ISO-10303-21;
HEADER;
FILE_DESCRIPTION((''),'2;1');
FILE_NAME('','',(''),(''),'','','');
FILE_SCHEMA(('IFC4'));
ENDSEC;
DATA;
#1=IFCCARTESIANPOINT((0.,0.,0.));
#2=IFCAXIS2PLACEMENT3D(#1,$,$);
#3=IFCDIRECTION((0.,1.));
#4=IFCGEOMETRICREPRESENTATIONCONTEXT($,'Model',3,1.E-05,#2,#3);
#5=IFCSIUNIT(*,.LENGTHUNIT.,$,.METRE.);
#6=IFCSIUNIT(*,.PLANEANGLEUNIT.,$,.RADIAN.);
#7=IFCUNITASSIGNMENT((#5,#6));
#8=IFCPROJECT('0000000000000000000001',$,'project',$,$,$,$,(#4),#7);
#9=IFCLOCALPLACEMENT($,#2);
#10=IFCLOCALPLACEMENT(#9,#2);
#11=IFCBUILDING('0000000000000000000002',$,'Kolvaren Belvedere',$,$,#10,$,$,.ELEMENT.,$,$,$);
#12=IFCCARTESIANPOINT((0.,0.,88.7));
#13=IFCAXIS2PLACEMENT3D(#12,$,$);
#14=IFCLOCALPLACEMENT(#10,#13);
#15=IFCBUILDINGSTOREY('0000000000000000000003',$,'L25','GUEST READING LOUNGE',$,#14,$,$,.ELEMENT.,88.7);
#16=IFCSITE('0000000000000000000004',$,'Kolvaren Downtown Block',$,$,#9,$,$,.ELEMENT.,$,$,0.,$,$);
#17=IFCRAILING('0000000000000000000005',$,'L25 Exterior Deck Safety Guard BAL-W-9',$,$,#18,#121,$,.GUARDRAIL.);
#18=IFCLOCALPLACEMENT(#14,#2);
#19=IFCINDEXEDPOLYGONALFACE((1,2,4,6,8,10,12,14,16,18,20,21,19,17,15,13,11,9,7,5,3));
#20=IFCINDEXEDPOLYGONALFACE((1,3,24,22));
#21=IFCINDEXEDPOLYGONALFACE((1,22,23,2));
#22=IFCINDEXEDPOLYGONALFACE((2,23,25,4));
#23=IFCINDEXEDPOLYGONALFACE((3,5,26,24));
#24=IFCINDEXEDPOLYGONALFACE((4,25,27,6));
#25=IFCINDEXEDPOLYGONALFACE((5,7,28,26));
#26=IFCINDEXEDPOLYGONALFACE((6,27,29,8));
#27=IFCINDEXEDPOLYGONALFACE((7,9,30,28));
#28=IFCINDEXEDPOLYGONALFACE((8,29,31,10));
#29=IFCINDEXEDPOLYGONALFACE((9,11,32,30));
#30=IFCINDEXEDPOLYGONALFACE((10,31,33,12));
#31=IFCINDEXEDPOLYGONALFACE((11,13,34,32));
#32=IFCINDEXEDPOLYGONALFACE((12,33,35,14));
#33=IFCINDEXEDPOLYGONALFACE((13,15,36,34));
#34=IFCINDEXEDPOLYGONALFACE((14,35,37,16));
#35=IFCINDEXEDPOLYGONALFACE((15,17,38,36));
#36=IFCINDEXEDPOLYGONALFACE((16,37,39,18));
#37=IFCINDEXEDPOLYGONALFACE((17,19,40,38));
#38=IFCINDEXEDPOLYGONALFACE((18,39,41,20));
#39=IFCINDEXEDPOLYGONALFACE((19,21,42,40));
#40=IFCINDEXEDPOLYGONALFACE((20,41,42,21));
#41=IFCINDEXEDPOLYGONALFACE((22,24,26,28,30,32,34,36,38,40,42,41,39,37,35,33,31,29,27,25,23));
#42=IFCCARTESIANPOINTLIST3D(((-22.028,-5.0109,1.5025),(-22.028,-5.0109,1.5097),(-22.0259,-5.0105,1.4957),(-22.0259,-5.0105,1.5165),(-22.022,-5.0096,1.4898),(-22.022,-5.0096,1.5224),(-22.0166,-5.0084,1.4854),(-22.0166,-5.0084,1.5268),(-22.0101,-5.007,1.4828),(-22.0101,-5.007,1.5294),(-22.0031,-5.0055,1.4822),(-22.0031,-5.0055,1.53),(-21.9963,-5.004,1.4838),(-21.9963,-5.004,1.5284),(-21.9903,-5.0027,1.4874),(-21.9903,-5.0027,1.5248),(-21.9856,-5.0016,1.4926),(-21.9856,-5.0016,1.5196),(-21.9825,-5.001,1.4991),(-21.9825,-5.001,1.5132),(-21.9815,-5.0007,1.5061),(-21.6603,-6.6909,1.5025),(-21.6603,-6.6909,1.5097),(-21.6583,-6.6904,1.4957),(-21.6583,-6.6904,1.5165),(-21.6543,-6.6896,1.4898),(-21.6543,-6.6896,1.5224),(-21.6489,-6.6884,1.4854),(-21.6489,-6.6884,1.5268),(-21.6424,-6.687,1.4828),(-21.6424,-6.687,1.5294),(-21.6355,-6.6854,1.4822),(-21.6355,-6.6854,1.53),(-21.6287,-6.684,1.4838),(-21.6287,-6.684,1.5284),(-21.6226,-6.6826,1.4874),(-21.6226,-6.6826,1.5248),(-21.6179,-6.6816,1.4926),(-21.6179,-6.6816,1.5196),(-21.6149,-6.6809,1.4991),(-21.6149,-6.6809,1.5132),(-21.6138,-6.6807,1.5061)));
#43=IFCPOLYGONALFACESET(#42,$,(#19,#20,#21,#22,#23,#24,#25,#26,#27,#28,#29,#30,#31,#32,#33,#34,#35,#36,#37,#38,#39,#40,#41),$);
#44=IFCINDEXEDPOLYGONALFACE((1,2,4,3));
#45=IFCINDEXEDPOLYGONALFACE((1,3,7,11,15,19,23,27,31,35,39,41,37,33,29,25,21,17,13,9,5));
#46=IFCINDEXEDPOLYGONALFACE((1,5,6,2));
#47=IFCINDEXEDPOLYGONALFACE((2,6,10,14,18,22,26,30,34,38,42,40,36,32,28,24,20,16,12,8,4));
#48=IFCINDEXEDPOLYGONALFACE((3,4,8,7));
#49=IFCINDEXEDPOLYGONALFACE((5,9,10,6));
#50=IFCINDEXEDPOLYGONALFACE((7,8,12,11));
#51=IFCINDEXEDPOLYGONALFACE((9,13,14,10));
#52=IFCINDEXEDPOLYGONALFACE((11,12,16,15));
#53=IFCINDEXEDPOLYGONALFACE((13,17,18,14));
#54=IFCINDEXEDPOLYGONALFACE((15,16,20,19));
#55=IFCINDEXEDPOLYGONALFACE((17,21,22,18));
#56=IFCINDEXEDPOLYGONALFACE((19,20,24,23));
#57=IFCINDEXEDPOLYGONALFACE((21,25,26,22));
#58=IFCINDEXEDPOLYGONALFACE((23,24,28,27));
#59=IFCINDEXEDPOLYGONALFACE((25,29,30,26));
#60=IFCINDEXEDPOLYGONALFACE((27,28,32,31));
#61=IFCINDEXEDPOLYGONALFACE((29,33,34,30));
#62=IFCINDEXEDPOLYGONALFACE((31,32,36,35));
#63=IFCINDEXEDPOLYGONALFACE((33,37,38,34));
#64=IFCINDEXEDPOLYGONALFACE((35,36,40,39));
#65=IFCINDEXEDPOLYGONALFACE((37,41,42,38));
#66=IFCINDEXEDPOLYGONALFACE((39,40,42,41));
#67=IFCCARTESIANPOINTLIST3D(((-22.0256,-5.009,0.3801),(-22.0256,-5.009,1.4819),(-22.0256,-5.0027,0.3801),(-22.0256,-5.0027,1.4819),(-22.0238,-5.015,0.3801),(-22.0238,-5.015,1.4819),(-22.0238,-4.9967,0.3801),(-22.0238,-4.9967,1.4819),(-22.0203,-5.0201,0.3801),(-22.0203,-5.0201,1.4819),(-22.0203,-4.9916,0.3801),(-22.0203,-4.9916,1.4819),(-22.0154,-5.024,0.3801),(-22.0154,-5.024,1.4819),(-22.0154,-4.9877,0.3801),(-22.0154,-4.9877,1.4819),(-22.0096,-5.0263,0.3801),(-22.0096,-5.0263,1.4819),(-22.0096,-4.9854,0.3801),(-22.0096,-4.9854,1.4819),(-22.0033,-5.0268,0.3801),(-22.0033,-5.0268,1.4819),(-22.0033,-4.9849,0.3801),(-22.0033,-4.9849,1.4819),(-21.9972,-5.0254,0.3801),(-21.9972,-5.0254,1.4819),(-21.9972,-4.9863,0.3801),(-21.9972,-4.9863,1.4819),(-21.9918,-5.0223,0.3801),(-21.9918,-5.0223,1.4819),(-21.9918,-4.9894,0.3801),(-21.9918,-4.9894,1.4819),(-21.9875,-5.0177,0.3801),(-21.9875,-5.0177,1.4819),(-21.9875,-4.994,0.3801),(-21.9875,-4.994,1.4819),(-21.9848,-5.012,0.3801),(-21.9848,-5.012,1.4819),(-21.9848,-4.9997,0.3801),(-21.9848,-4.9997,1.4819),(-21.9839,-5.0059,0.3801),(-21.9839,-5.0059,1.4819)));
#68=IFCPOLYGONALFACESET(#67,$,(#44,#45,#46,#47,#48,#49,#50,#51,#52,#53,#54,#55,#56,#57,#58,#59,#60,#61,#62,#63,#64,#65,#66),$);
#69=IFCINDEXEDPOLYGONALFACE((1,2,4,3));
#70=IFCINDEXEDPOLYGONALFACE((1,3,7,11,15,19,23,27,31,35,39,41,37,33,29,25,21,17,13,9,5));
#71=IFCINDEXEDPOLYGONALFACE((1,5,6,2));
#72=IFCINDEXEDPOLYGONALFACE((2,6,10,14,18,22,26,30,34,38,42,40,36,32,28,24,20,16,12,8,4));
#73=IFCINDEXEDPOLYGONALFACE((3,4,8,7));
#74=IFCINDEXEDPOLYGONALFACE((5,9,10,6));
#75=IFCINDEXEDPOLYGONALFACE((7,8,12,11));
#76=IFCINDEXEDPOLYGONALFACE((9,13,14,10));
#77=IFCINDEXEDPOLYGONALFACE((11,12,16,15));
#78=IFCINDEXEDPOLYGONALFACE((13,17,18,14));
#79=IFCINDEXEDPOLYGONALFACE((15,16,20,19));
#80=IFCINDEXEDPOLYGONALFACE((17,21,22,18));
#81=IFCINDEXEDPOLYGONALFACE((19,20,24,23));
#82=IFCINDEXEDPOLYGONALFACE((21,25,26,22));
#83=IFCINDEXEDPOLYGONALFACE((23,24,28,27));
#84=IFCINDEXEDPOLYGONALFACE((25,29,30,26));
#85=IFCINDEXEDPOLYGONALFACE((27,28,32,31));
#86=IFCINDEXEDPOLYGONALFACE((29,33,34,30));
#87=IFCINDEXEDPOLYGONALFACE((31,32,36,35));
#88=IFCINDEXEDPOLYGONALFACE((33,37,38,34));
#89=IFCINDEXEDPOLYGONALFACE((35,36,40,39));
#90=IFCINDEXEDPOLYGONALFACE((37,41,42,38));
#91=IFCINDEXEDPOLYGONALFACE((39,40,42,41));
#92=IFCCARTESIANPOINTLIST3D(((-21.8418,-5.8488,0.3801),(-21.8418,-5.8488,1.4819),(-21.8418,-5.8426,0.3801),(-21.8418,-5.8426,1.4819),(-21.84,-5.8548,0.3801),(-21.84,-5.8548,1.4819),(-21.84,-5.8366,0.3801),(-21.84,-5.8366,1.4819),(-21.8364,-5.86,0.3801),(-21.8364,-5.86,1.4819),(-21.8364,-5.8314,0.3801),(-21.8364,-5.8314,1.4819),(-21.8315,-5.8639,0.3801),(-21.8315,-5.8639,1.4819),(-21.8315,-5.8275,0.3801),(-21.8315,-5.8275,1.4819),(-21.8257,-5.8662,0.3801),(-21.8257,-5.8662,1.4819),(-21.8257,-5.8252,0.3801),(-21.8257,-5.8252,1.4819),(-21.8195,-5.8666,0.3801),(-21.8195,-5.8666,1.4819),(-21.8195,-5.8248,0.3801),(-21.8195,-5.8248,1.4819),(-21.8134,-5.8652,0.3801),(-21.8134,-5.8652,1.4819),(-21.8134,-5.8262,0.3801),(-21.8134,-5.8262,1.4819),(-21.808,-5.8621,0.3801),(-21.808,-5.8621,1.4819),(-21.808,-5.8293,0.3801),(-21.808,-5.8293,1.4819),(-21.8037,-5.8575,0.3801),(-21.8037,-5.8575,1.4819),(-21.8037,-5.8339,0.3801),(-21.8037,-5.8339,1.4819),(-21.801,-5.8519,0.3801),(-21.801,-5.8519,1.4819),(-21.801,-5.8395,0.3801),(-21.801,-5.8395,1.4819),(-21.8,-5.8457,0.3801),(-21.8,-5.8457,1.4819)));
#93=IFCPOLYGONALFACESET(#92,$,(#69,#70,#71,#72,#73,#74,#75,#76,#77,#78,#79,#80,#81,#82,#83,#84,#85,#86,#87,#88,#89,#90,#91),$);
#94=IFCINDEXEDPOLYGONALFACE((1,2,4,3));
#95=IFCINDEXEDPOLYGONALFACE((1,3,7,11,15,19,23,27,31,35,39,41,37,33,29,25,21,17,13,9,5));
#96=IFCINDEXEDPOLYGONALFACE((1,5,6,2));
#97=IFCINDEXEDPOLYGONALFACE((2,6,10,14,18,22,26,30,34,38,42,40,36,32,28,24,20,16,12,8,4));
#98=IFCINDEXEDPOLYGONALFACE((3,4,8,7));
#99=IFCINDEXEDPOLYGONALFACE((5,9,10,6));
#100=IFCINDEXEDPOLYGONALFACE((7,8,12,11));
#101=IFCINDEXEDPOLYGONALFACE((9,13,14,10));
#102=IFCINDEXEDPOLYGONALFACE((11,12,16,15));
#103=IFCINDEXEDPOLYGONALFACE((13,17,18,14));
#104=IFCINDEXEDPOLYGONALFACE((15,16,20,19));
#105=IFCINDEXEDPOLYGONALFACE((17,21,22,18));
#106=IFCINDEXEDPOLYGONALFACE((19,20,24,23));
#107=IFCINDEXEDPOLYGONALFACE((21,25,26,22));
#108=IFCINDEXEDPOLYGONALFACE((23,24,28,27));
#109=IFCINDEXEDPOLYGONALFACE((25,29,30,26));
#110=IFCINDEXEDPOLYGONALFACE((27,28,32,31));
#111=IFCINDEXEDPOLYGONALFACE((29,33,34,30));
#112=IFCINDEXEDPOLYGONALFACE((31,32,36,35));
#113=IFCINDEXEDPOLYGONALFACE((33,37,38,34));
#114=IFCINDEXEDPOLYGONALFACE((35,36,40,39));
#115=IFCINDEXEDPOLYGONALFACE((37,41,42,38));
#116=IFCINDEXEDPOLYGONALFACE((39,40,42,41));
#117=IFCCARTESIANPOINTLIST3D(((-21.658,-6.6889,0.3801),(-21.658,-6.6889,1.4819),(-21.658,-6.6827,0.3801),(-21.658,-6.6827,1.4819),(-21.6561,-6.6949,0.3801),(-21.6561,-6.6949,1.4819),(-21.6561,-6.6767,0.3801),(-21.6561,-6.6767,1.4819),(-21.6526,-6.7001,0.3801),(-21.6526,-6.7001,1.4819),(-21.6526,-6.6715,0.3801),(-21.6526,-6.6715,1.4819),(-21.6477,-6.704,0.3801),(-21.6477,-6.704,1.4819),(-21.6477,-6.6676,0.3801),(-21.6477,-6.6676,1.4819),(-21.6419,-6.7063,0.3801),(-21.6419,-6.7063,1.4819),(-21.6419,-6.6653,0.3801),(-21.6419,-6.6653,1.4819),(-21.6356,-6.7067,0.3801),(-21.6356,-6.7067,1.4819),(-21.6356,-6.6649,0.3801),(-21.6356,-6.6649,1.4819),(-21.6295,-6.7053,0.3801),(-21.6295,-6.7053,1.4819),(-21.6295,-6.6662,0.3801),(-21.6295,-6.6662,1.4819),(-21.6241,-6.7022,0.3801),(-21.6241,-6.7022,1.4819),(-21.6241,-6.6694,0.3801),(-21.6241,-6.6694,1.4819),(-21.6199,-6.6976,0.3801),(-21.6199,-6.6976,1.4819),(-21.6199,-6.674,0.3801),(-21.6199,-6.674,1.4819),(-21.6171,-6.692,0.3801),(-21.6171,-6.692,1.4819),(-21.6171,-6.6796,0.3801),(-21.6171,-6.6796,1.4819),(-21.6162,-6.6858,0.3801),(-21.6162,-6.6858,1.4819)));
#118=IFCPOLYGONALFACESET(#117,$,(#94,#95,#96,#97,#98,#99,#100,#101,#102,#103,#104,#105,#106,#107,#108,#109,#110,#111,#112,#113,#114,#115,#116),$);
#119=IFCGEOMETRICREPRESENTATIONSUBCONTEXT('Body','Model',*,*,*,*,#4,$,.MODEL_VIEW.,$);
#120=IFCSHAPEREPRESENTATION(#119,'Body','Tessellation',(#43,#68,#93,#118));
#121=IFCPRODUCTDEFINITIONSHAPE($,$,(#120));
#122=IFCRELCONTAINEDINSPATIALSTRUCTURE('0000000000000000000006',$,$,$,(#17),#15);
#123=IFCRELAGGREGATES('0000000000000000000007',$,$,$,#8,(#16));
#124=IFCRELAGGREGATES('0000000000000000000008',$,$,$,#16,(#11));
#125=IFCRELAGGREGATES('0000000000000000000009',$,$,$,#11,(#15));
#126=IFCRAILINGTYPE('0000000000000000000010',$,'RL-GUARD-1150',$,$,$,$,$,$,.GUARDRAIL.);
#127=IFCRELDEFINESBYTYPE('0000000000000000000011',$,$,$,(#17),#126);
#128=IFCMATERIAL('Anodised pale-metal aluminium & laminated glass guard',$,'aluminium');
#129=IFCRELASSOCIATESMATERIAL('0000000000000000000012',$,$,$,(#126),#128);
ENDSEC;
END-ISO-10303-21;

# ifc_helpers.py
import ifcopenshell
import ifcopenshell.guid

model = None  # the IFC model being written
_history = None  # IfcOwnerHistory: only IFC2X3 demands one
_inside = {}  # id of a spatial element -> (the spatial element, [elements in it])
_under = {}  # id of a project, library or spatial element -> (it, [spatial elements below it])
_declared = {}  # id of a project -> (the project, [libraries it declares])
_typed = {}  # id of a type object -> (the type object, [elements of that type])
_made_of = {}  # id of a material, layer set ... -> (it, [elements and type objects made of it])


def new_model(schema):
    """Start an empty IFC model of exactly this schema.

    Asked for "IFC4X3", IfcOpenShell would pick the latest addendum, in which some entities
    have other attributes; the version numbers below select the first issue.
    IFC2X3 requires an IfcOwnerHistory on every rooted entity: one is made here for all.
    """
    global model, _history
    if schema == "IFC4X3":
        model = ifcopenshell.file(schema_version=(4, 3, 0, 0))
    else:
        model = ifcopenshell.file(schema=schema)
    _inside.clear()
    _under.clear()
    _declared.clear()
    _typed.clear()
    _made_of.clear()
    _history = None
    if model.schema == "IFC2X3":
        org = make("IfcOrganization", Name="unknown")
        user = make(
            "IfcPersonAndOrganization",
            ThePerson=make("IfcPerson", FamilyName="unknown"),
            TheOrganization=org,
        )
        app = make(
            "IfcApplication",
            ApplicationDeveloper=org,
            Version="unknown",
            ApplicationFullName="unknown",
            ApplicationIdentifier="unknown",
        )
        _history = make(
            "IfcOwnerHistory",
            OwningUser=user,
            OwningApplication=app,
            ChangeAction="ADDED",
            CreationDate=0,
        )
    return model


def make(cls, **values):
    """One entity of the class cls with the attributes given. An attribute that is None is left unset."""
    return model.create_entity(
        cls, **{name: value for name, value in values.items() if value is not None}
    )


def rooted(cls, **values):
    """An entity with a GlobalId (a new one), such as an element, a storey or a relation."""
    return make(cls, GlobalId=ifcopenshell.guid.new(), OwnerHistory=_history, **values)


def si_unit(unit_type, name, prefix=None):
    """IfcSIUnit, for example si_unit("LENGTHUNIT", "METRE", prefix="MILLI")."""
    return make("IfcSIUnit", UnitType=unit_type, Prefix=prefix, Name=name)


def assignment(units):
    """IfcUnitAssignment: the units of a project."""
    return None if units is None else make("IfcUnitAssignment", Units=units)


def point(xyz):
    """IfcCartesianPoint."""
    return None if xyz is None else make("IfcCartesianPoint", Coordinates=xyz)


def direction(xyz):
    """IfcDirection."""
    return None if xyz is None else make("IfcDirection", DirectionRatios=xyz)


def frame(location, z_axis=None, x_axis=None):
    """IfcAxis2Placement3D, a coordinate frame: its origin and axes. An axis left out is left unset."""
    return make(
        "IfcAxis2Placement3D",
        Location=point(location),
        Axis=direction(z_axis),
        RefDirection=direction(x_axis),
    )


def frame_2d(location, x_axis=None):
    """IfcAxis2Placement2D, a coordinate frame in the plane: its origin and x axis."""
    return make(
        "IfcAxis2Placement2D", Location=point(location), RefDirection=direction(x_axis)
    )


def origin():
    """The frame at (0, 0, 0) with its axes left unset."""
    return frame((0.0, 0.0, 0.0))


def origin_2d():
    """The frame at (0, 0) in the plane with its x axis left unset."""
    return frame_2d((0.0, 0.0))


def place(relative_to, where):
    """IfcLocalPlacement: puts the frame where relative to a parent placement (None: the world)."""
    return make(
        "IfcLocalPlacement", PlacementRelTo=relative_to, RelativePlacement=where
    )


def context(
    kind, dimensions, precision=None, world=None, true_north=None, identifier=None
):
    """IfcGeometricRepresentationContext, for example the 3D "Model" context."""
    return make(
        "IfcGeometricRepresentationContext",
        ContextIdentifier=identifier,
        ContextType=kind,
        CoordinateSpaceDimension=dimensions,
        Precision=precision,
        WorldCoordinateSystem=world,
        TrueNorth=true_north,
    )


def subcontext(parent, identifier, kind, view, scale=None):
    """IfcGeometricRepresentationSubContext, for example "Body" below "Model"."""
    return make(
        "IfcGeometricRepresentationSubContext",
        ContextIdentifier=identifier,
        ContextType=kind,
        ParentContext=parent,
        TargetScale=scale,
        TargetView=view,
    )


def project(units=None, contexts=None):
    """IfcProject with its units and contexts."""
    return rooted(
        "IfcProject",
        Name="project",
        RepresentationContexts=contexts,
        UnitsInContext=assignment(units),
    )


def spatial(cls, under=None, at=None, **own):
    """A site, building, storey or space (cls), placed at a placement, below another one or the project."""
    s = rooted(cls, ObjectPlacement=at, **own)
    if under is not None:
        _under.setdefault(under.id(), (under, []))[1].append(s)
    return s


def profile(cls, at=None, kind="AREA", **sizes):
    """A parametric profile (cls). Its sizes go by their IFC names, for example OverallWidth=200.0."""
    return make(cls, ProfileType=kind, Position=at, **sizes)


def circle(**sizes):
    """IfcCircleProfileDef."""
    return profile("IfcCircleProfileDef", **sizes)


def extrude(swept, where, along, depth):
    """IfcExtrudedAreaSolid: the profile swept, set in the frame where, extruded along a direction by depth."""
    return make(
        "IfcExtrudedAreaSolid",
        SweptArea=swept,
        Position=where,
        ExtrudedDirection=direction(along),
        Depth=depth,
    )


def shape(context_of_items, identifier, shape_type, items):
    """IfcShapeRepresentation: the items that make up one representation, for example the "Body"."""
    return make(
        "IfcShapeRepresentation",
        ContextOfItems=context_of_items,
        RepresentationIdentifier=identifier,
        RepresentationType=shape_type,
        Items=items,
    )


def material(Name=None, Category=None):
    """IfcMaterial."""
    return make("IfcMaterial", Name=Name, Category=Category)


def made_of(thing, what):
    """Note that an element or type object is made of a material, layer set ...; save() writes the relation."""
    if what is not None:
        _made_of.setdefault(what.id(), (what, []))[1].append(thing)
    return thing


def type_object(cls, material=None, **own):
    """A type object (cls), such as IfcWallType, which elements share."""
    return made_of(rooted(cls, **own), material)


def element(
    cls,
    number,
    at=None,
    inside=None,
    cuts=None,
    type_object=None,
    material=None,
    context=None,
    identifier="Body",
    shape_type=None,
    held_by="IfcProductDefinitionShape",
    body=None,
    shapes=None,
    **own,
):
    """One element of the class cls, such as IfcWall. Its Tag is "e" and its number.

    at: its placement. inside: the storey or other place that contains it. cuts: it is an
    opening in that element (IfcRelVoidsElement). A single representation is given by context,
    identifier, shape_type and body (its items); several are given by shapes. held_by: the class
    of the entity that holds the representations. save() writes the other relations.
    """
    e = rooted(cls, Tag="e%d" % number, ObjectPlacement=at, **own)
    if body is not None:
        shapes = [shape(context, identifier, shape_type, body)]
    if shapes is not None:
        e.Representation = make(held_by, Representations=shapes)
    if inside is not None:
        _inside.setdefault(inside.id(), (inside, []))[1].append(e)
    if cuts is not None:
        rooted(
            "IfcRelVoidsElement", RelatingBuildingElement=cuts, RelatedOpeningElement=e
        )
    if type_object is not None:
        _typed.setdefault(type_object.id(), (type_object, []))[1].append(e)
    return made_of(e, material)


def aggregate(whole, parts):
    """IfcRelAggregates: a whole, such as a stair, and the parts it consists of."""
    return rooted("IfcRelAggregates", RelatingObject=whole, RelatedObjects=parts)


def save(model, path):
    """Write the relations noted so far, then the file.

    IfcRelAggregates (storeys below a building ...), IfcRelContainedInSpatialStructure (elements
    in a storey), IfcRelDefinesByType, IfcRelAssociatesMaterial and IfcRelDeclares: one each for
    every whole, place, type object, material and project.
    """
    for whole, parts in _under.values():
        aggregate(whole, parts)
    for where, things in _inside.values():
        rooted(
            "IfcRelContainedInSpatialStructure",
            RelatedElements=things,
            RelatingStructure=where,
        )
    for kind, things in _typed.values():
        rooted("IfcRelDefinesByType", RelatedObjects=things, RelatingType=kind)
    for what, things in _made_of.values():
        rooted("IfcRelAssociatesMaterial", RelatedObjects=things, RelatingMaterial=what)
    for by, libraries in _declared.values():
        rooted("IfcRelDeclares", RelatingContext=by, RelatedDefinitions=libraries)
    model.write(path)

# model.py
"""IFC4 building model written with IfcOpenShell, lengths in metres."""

from ifc_helpers import new_model, si_unit, direction, frame, origin, origin_2d, place, context, subcontext, project, spatial, circle, extrude, material, type_object, element, save


model = new_model("IFC4")

# Units and contexts
model_context = context("Model", 3, precision=1e-05, world=origin(), true_north=direction((0.0, 1.0)))
body_context = subcontext(model_context, "Body", "Model", "MODEL_VIEW")
ifc_project = project(units=[si_unit("LENGTHUNIT", "METRE"), si_unit("PLANEANGLEUNIT", "RADIAN")], contexts=[model_context])

# Site, building, storey
site_placement = place(None, origin())
site = spatial("IfcSite", under=ifc_project, at=site_placement, Name="Kolvaren Downtown Block", CompositionType="ELEMENT", RefElevation=0.0)
building_placement = place(site_placement, origin())
building = spatial("IfcBuilding", under=site, at=building_placement, Name="Kolvaren Belvedere", CompositionType="ELEMENT")
storey_placement = place(building_placement, frame((0.0, 0.0, 88.7)))
storey = spatial("IfcBuildingStorey", under=building, at=storey_placement, Name="L25", Description="GUEST READING LOUNGE", CompositionType="ELEMENT", Elevation=88.7)

# Railing
ifc_material_1 = material(Name="Anodised pale-metal aluminium & laminated glass guard", Category="aluminium")
railing_type = type_object("IfcRailingType", Name="RL-GUARD-1150", PredefinedType="GUARDRAIL", material=ifc_material_1)
railing_1_placement = place(storey_placement, frame((-22.0049, -5.0059, 0.3801)))
element("IfcRailing", 1, at=railing_1_placement, inside=storey, type_object=railing_type, Name="L25 Exterior Deck Safety Guard BAL-W-9", PredefinedType="GUARDRAIL", context=body_context, shape_type="SweptSolid", body=[
    extrude(circle(Radius=0.0239, at=origin_2d()), frame((0.0, 0.0, 1.126), z_axis=(0.213803, -0.976877, 0.0), x_axis=(0.976877, 0.213803, 0.0)), (0.0, 0.0, 1.0), 1.7197),
    extrude(circle(Radius=0.021, at=origin_2d()), origin(), (0.0, 0.0, 1.0), 1.1018),
    extrude(circle(Radius=0.021, at=origin_2d()), frame((0.1838, -0.8398, 0.0)), (0.0, 0.0, 1.0), 1.1018),
    extrude(circle(Radius=0.021, at=origin_2d()), frame((0.3677, -1.6799, 0.0)), (0.0, 0.0, 1.0), 1.1018),
])

save(model, "model.ifc")
